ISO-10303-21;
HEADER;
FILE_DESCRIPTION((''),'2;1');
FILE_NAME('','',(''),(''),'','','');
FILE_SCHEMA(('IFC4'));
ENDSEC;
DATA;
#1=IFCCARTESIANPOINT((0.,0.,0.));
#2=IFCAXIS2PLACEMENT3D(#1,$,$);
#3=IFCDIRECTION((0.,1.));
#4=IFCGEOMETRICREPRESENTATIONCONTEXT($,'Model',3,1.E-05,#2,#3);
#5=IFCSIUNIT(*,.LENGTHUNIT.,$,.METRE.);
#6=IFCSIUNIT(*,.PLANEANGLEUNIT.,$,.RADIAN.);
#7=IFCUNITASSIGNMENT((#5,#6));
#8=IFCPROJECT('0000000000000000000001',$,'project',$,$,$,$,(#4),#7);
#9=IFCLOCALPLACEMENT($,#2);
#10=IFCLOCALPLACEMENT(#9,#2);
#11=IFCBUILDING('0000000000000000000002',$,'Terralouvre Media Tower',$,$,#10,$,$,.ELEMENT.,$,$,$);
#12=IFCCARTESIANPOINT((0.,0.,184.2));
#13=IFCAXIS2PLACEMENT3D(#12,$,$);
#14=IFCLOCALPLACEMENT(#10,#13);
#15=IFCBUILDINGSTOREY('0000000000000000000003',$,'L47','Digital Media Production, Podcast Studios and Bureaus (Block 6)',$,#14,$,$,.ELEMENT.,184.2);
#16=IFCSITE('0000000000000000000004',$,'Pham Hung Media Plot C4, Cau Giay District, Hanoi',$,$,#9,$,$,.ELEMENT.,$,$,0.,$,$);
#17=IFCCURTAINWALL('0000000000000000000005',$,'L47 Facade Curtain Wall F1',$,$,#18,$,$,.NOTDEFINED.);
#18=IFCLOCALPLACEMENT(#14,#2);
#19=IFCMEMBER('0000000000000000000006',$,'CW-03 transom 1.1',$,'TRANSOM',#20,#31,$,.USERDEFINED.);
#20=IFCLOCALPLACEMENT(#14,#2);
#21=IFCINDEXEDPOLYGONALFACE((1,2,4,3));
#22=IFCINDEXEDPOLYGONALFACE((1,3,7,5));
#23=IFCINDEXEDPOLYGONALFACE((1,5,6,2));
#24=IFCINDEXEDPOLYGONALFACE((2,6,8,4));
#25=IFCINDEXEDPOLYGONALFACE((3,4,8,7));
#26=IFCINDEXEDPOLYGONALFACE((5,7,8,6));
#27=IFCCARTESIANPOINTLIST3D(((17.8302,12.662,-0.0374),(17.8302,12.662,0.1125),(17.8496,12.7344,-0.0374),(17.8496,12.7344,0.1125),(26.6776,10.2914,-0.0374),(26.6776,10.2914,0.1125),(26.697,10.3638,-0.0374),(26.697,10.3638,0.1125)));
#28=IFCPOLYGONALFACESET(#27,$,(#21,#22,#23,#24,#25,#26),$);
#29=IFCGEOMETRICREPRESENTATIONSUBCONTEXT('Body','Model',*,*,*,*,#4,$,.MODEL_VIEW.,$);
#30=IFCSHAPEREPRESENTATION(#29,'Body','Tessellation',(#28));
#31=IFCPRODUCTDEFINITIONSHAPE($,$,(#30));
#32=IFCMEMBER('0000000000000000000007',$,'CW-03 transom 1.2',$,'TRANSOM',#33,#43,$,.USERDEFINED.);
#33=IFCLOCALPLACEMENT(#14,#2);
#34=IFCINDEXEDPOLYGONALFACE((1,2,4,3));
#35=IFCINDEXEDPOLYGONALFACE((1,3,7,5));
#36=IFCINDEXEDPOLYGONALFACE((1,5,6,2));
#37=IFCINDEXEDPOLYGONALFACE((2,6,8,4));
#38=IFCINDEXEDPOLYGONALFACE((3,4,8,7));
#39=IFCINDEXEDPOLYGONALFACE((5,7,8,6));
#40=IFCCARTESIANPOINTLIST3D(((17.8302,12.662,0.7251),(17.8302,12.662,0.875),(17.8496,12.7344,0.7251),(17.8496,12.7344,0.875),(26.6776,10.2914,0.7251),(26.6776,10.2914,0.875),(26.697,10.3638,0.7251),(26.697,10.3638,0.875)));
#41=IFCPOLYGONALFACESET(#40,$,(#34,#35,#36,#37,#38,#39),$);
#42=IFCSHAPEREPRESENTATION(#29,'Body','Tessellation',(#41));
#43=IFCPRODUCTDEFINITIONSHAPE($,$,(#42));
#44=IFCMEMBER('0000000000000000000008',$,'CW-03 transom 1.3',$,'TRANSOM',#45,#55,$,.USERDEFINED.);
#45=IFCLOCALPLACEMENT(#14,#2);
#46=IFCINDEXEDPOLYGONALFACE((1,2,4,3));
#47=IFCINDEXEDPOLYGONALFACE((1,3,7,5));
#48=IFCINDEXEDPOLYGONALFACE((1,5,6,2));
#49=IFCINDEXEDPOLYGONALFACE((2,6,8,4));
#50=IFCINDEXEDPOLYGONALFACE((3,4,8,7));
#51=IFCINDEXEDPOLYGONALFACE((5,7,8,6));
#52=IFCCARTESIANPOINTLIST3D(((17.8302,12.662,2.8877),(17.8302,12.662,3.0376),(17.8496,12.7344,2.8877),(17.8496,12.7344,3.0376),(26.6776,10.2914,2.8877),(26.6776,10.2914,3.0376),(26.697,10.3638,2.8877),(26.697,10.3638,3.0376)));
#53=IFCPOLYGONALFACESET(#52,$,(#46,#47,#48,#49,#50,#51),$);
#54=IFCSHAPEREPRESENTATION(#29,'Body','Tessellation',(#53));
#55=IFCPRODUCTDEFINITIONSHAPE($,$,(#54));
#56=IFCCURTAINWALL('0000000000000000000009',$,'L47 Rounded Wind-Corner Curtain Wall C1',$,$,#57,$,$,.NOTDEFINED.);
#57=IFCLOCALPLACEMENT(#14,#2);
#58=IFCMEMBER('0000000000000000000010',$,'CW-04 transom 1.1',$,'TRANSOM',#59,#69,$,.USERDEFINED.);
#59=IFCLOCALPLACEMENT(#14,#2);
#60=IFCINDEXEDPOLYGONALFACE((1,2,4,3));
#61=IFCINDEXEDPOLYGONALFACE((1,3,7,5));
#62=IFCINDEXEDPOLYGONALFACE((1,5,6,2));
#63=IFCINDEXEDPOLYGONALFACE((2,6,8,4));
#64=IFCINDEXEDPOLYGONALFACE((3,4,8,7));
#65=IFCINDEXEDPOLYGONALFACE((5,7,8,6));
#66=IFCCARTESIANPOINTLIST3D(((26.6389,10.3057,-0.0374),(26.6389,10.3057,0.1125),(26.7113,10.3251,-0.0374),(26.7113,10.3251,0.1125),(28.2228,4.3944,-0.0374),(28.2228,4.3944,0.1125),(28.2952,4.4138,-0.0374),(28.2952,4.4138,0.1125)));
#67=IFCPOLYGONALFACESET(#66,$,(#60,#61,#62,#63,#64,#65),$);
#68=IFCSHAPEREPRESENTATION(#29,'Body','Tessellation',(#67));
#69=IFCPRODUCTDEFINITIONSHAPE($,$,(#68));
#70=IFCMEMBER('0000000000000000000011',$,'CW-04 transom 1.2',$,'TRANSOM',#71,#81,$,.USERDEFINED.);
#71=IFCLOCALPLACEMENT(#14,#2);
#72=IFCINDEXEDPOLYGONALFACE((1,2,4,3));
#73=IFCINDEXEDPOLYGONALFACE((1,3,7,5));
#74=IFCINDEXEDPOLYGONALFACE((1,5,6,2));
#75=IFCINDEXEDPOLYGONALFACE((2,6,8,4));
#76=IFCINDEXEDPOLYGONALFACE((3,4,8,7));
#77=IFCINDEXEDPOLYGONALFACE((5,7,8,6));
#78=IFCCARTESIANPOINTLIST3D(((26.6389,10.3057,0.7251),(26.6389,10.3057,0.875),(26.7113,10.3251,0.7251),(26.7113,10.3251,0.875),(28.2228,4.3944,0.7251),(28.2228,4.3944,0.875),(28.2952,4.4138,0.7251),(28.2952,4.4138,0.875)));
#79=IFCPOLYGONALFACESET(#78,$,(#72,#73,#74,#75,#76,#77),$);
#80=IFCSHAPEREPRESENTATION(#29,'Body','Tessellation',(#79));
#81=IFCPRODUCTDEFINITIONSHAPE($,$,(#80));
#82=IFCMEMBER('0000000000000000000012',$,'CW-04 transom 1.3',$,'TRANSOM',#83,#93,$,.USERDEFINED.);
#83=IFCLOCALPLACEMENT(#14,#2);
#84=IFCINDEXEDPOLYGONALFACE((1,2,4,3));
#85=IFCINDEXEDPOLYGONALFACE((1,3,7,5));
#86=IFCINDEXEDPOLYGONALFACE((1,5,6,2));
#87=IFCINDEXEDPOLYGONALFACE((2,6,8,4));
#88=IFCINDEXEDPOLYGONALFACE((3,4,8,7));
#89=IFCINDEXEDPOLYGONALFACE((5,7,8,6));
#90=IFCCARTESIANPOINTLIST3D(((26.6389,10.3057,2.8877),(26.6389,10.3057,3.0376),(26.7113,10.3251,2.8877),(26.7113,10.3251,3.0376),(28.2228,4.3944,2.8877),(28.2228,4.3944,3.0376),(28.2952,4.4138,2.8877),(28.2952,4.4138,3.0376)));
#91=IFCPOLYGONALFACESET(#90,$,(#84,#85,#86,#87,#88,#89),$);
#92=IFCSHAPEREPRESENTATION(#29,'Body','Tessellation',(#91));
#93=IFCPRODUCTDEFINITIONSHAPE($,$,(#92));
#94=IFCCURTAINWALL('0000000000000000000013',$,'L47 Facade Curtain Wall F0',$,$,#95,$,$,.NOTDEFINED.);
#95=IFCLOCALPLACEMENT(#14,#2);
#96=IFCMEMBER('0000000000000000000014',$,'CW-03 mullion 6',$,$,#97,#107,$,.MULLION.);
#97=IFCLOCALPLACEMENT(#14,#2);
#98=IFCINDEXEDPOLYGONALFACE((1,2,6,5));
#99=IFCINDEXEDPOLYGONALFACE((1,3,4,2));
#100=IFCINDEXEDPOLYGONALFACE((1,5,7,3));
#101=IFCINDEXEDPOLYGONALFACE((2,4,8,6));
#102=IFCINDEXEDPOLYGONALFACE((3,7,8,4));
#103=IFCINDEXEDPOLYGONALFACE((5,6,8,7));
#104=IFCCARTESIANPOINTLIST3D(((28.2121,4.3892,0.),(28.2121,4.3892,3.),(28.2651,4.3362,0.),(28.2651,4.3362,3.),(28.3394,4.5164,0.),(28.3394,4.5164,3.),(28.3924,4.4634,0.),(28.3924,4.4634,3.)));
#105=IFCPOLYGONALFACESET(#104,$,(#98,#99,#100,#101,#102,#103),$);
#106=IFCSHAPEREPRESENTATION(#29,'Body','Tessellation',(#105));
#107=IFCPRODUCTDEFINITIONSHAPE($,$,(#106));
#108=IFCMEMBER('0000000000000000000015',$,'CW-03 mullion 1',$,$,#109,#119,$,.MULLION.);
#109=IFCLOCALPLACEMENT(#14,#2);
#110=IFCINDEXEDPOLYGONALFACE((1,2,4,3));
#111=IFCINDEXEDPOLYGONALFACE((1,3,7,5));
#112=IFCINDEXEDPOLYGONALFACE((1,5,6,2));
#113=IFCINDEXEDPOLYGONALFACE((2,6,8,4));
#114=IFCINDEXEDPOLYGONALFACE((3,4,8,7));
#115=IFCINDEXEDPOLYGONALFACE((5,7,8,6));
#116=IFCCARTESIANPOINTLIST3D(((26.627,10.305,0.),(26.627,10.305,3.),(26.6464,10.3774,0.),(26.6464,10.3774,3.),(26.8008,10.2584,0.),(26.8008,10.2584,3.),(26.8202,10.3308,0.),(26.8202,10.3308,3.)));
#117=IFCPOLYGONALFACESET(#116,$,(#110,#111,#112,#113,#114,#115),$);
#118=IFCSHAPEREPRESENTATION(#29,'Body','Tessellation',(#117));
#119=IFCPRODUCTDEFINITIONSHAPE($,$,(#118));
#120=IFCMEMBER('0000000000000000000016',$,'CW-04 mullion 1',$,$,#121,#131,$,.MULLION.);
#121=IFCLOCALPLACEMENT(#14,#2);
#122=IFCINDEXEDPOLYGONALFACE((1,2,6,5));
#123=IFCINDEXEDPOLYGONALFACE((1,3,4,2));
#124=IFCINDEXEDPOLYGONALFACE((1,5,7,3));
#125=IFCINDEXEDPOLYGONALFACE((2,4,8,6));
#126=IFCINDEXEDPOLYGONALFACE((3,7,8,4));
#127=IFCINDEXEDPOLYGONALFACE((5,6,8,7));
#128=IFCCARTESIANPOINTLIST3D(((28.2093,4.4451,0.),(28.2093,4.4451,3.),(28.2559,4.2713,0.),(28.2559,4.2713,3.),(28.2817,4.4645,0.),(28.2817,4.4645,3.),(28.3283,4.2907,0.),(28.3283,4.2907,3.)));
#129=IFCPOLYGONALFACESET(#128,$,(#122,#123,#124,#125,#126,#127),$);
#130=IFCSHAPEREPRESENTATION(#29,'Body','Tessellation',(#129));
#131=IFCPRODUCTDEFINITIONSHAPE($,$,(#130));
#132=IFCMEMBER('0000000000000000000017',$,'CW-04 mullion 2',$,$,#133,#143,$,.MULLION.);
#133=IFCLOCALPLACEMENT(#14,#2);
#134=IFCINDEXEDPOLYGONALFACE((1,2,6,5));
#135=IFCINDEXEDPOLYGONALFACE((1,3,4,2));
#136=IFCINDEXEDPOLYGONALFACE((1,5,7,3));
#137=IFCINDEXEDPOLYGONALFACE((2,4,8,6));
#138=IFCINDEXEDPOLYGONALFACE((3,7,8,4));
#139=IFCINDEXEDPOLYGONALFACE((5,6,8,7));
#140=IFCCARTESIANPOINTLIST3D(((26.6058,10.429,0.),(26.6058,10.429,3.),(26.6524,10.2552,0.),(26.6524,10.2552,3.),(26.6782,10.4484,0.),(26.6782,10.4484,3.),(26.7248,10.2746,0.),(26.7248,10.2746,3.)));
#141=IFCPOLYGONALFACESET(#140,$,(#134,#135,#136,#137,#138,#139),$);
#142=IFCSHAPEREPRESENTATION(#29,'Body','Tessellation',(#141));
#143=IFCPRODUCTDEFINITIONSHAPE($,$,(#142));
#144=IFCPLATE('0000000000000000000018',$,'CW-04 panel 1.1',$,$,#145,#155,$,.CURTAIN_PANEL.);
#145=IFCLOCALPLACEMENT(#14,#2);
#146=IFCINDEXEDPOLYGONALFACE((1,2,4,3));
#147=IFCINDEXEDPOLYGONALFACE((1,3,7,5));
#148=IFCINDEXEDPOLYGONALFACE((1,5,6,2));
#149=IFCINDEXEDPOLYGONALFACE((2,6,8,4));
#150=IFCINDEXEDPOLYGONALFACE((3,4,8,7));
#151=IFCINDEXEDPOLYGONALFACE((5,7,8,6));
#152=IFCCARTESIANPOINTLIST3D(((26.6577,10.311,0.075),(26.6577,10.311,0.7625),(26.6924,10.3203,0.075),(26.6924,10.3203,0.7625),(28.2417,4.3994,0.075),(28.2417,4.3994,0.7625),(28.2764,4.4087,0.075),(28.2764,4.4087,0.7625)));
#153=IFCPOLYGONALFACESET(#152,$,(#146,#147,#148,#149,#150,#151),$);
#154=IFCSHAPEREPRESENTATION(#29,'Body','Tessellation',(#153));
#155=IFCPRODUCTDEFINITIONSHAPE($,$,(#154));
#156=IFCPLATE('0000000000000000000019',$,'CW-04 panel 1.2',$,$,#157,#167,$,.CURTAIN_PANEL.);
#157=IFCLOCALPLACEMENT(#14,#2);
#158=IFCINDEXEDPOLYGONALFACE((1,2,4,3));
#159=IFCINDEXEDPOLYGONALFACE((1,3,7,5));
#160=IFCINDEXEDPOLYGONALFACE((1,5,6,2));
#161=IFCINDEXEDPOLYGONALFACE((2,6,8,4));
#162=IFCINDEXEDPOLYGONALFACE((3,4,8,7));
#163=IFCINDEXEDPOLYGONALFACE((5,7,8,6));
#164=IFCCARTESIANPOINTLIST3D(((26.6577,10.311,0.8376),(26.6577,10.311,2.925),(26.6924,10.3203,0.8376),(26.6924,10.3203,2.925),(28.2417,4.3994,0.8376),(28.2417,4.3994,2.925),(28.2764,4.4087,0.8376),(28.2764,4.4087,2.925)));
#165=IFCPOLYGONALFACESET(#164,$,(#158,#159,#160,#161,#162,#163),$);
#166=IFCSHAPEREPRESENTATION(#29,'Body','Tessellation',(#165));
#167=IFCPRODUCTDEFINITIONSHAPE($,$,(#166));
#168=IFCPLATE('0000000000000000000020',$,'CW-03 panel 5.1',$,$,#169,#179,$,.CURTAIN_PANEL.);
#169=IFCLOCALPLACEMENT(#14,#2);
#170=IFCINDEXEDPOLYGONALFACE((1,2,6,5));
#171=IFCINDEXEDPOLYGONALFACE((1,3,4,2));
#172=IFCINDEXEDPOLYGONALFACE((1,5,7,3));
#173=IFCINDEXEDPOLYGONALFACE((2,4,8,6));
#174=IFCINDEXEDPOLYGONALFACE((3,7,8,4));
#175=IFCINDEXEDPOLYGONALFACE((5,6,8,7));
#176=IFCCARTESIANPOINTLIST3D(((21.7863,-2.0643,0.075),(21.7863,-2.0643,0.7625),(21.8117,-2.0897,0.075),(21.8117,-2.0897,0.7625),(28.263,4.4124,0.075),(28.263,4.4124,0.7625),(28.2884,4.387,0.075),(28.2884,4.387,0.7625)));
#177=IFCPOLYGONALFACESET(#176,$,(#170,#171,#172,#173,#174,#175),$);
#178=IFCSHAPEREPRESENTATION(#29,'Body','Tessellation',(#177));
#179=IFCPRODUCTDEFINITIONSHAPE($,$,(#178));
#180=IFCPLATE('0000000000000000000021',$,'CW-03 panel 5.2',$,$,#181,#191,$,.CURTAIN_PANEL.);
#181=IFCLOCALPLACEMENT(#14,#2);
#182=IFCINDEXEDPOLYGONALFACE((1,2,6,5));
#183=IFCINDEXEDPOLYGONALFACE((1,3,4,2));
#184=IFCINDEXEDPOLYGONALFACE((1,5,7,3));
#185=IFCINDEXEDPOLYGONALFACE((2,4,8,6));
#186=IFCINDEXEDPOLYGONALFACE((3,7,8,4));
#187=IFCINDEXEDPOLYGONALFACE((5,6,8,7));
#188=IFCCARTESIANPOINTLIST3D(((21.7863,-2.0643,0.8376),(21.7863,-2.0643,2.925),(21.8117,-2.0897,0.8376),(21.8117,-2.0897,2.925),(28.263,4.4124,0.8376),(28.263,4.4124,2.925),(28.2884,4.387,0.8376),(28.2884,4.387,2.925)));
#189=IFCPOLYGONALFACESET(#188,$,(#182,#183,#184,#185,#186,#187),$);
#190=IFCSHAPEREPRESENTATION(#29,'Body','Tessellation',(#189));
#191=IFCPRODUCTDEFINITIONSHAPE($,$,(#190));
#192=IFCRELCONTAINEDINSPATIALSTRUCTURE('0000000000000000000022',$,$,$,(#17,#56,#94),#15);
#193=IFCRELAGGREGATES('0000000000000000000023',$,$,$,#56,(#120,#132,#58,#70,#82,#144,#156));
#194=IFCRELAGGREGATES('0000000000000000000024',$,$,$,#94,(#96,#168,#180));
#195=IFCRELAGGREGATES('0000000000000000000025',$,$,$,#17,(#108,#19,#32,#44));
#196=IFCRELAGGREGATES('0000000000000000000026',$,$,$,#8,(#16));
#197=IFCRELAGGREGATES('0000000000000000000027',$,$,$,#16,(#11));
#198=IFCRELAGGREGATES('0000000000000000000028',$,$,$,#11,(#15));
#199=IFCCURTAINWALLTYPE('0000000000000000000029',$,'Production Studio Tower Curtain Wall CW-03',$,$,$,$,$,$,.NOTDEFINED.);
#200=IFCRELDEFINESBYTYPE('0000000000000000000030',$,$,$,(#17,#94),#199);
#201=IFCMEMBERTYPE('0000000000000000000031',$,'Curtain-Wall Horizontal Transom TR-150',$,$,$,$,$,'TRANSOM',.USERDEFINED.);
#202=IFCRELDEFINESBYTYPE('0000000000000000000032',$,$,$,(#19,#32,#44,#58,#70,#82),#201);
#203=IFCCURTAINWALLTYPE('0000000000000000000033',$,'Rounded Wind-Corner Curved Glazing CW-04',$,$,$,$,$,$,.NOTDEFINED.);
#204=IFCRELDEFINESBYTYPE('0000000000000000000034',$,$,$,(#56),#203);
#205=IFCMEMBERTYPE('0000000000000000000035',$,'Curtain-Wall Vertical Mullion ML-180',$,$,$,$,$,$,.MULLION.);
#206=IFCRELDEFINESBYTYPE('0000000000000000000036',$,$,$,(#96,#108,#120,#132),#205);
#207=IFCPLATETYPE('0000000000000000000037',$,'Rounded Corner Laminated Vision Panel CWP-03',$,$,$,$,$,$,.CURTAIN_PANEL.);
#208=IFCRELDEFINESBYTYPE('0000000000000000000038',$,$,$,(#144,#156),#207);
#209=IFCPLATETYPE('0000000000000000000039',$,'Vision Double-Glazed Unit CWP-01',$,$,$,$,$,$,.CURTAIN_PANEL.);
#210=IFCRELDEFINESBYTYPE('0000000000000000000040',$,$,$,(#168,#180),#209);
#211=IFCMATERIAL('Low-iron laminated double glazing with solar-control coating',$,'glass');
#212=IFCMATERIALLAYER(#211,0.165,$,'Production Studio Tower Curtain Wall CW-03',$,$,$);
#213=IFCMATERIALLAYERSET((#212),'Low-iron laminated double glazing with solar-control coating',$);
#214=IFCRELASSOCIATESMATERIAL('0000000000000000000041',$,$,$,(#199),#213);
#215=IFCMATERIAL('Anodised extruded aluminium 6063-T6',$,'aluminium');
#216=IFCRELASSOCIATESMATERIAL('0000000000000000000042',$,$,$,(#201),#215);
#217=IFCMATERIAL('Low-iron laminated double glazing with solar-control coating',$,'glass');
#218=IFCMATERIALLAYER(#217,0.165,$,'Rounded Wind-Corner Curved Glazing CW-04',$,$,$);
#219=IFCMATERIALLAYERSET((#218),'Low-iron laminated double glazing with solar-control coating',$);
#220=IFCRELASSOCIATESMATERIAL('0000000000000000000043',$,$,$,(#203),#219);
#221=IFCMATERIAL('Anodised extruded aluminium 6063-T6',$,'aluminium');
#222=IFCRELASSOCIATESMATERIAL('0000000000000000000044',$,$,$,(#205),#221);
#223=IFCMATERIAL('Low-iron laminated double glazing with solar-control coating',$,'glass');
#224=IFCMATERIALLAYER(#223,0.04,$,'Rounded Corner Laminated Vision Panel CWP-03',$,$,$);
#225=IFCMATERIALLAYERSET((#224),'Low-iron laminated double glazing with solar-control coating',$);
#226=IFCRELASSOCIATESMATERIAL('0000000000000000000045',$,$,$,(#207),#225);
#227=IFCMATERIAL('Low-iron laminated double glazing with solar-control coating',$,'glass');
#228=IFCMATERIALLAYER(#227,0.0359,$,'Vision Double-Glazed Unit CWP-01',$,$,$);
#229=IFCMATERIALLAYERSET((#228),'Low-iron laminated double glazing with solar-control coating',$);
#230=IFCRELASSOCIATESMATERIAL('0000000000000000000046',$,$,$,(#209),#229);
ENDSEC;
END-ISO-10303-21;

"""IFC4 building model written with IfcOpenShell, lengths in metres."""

from ifc_helpers import new_model, si_unit, direction, frame, origin, origin_2d, place, context, subcontext, project, spatial, rectangle, extrude, material, layer, layer_set, material_profile, profile_set, type_object, element, aggregate, save


model = new_model("IFC4")

# Units and contexts
model_context = context("Model", 3, precision=1e-05, world=origin(), true_north=direction((0.0, 1.0)))
body_context = subcontext(model_context, "Body", "Model", "MODEL_VIEW")
ifc_project = project(units=[si_unit("LENGTHUNIT", "METRE"), si_unit("PLANEANGLEUNIT", "RADIAN")], contexts=[model_context])

# Site, building, storey
site_placement = place(None, origin())
site = spatial("IfcSite", under=ifc_project, at=site_placement, Name="Pham Hung Media Plot C4, Cau Giay District, Hanoi", CompositionType="ELEMENT", RefElevation=0.0)
building_placement = place(site_placement, origin())
building = spatial("IfcBuilding", under=site, at=building_placement, Name="Terralouvre Media Tower", CompositionType="ELEMENT")
storey_placement = place(building_placement, frame((0.0, 0.0, 184.2)))
storey = spatial("IfcBuildingStorey", under=building, at=storey_placement, Name="L47", Description="Digital Media Production, Podcast Studios and Bureaus (Block 6)", CompositionType="ELEMENT", Elevation=184.2)

# Curtain walls, members
ifc_material_1 = material(Name="Low-iron laminated double glazing with solar-control coating", Category="glass")
ifc_layer_1 = layer(ifc_material_1, 0.165, Name="Production Studio Tower Curtain Wall CW-03")
ifc_layer_set_1 = layer_set([ifc_layer_1], Name="Low-iron laminated double glazing with solar-control coating")
curtain_wall_type_1 = type_object("IfcCurtainWallType", Name="Production Studio Tower Curtain Wall CW-03", PredefinedType="NOTDEFINED", material=ifc_layer_set_1)
curtain_wall_1_placement = place(storey_placement, origin())
curtain_wall_1 = element("IfcCurtainWall", 1, at=curtain_wall_1_placement, inside=storey, type_object=curtain_wall_type_1, Name="L47 Facade Curtain Wall F1", PredefinedType="NOTDEFINED")
ifc_material_2 = material(Name="Anodised extruded aluminium 6063-T6", Category="aluminium")
ifc_material_profile_1 = material_profile(ifc_material_2, rectangle(XDim=0.075, YDim=0.1499, at=origin_2d()), Name="ALU 75x150")
ifc_profile_set_1 = profile_set([ifc_material_profile_1], Name="Anodised extruded aluminium 6063-T6")
member_type_1 = type_object("IfcMemberType", Name="Curtain-Wall Horizontal Transom TR-150", ElementType="TRANSOM", PredefinedType="USERDEFINED", material=ifc_profile_set_1)
member_1_placement = place(storey_placement, frame((26.6873, 10.3276, 0.0376), z_axis=(-0.965927, 0.258814, 0.0), x_axis=(-0.258814, -0.965927, 0.0)))
member_1 = element("IfcMember", 2, at=member_1_placement, type_object=member_type_1, Name="CW-03 transom 1.1", ObjectType="TRANSOM", PredefinedType="USERDEFINED", context=body_context, shape_type="SweptSolid", body=[
    extrude(rectangle(XDim=0.075, YDim=0.1499, at=origin_2d()), origin(), (0.0, 0.0, 1.0), 9.1594),
])
member_2_placement = place(storey_placement, frame((26.6873, 10.3276, 0.8), z_axis=(-0.965927, 0.258814, 0.0), x_axis=(-0.258814, -0.965927, 0.0)))
member_2 = element("IfcMember", 3, at=member_2_placement, type_object=member_type_1, Name="CW-03 transom 1.2", ObjectType="TRANSOM", PredefinedType="USERDEFINED", context=body_context, shape_type="SweptSolid", body=[
    extrude(rectangle(XDim=0.075, YDim=0.1499, at=origin_2d()), origin(), (0.0, 0.0, 1.0), 9.1594),
])
member_3_placement = place(storey_placement, frame((26.6873, 10.3276, 2.9626), z_axis=(-0.965927, 0.258814, 0.0), x_axis=(-0.258814, -0.965927, 0.0)))
member_3 = element("IfcMember", 4, at=member_3_placement, type_object=member_type_1, Name="CW-03 transom 1.3", ObjectType="TRANSOM", PredefinedType="USERDEFINED", context=body_context, shape_type="SweptSolid", body=[
    extrude(rectangle(XDim=0.075, YDim=0.1499, at=origin_2d()), origin(), (0.0, 0.0, 1.0), 9.1594),
])
ifc_material_3 = material(Name="Low-iron laminated double glazing with solar-control coating", Category="glass")
ifc_layer_2 = layer(ifc_material_3, 0.165, Name="Rounded Wind-Corner Curved Glazing CW-04")
ifc_layer_set_2 = layer_set([ifc_layer_2], Name="Low-iron laminated double glazing with solar-control coating")
curtain_wall_type_2 = type_object("IfcCurtainWallType", Name="Rounded Wind-Corner Curved Glazing CW-04", PredefinedType="NOTDEFINED", material=ifc_layer_set_2)
curtain_wall_2_placement = place(storey_placement, origin())
curtain_wall_2 = element("IfcCurtainWall", 5, at=curtain_wall_2_placement, inside=storey, type_object=curtain_wall_type_2, Name="L47 Rounded Wind-Corner Curtain Wall C1", PredefinedType="NOTDEFINED")
member_4_placement = place(storey_placement, frame((28.259, 4.4041, 0.0376), z_axis=(-0.258824, 0.965924, 0.0), x_axis=(-0.965924, -0.258824, 0.0)))
member_4 = element("IfcMember", 6, at=member_4_placement, type_object=member_type_1, Name="CW-04 transom 1.1", ObjectType="TRANSOM", PredefinedType="USERDEFINED", context=body_context, shape_type="SweptSolid", body=[
    extrude(rectangle(XDim=0.075, YDim=0.1499, at=origin_2d()), origin(), (0.0, 0.0, 1.0), 6.1199),
])
member_5_placement = place(storey_placement, frame((28.259, 4.4041, 0.8), z_axis=(-0.258824, 0.965924, 0.0), x_axis=(-0.965924, -0.258824, 0.0)))
member_5 = element("IfcMember", 7, at=member_5_placement, type_object=member_type_1, Name="CW-04 transom 1.2", ObjectType="TRANSOM", PredefinedType="USERDEFINED", context=body_context, shape_type="SweptSolid", body=[
    extrude(rectangle(XDim=0.075, YDim=0.1499, at=origin_2d()), origin(), (0.0, 0.0, 1.0), 6.1199),
])
member_6_placement = place(storey_placement, frame((28.259, 4.4041, 2.9626), z_axis=(-0.258824, 0.965924, 0.0), x_axis=(-0.965924, -0.258824, 0.0)))
member_6 = element("IfcMember", 8, at=member_6_placement, type_object=member_type_1, Name="CW-04 transom 1.3", ObjectType="TRANSOM", PredefinedType="USERDEFINED", context=body_context, shape_type="SweptSolid", body=[
    extrude(rectangle(XDim=0.075, YDim=0.1499, at=origin_2d()), origin(), (0.0, 0.0, 1.0), 6.1199),
])

# Curtain wall, member
curtain_wall_3_placement = place(storey_placement, origin())
curtain_wall_3 = element("IfcCurtainWall", 9, at=curtain_wall_3_placement, inside=storey, type_object=curtain_wall_type_1, Name="L47 Facade Curtain Wall F0", PredefinedType="NOTDEFINED")
ifc_material_4 = material(Name="Anodised extruded aluminium 6063-T6", Category="aluminium")
ifc_material_profile_2 = material_profile(ifc_material_4, rectangle(XDim=0.075, YDim=0.1799, at=origin_2d()), Name="ALU 75x180")
ifc_profile_set_2 = profile_set([ifc_material_profile_2], Name="Anodised extruded aluminium 6063-T6")
member_type_2 = type_object("IfcMemberType", Name="Curtain-Wall Vertical Mullion ML-180", PredefinedType="MULLION", material=ifc_profile_set_2)
member_7_placement = place(storey_placement, frame((28.3022, 4.4263, 0.0), z_axis=(0.0, 0.0, 1.0), x_axis=(-0.707107, 0.707107, 0.0)))
member_7 = element("IfcMember", 10, at=member_7_placement, type_object=member_type_2, Name="CW-03 mullion 6", PredefinedType="MULLION", context=body_context, shape_type="SweptSolid", body=[
    extrude(rectangle(XDim=0.075, YDim=0.1799, at=origin_2d()), origin(), (0.0, 0.0, 1.0), 3.0),
])

# Members
member_8_placement = place(storey_placement, frame((26.7236, 10.3179, 0.0), z_axis=(0.0, 0.0, 1.0), x_axis=(-0.258819, -0.965926, 0.0)))
member_8 = element("IfcMember", 11, at=member_8_placement, type_object=member_type_2, Name="CW-03 mullion 1", PredefinedType="MULLION", context=body_context, shape_type="SweptSolid", body=[
    extrude(rectangle(XDim=0.075, YDim=0.1799, at=origin_2d()), origin(), (0.0, 0.0, 1.0), 3.0),
])
member_9_placement = place(storey_placement, frame((28.2688, 4.3679, 0.0), z_axis=(0.0, 0.0, 1.0), x_axis=(-0.965926, -0.258819, 0.0)))
member_9 = element("IfcMember", 12, at=member_9_placement, type_object=member_type_2, Name="CW-04 mullion 1", PredefinedType="MULLION", context=body_context, shape_type="SweptSolid", body=[
    extrude(rectangle(XDim=0.075, YDim=0.1799, at=origin_2d()), origin(), (0.0, 0.0, 1.0), 3.0),
])
member_10_placement = place(storey_placement, frame((26.6653, 10.3518, 0.0), z_axis=(0.0, 0.0, 1.0), x_axis=(-0.965926, -0.258819, 0.0)))
member_10 = element("IfcMember", 13, at=member_10_placement, type_object=member_type_2, Name="CW-04 mullion 2", PredefinedType="MULLION", context=body_context, shape_type="SweptSolid", body=[
    extrude(rectangle(XDim=0.075, YDim=0.1799, at=origin_2d()), origin(), (0.0, 0.0, 1.0), 3.0),
])

# Plates
ifc_material_5 = material(Name="Low-iron laminated double glazing with solar-control coating", Category="glass")
ifc_layer_3 = layer(ifc_material_5, 0.04, Name="Rounded Corner Laminated Vision Panel CWP-03")
ifc_layer_set_3 = layer_set([ifc_layer_3], Name="Low-iron laminated double glazing with solar-control coating")
plate_type_1 = type_object("IfcPlateType", Name="Rounded Corner Laminated Vision Panel CWP-03", PredefinedType="CURTAIN_PANEL", material=ifc_layer_set_3)
plate_1_placement = place(storey_placement, frame((27.467, 7.3599, 0.075), z_axis=(0.0, 0.0, 1.0), x_axis=(-0.258819, 0.965926, 0.0)))
plate_1 = element("IfcPlate", 14, at=plate_1_placement, type_object=plate_type_1, Name="CW-04 panel 1.1", PredefinedType="CURTAIN_PANEL", context=body_context, shape_type="SweptSolid", body=[
    extrude(rectangle(XDim=6.1201, YDim=0.0359, at=origin_2d()), origin(), (0.0, 0.0, 1.0), 0.6875),
])
plate_2_placement = place(storey_placement, frame((27.467, 7.3599, 0.8376), z_axis=(0.0, 0.0, 1.0), x_axis=(-0.258819, 0.965926, 0.0)))
plate_2 = element("IfcPlate", 15, at=plate_2_placement, type_object=plate_type_1, Name="CW-04 panel 1.2", PredefinedType="CURTAIN_PANEL", context=body_context, shape_type="SweptSolid", body=[
    extrude(rectangle(XDim=6.1201, YDim=0.0359, at=origin_2d()), origin(), (0.0, 0.0, 1.0), 2.0874),
])
aggregate(curtain_wall_2, [member_9, member_10, member_4, member_5, member_6, plate_1, plate_2])
ifc_material_6 = material(Name="Low-iron laminated double glazing with solar-control coating", Category="glass")
ifc_layer_4 = layer(ifc_material_6, 0.0359, Name="Vision Double-Glazed Unit CWP-01")
ifc_layer_set_4 = layer_set([ifc_layer_4], Name="Low-iron laminated double glazing with solar-control coating")
plate_type_2 = type_object("IfcPlateType", Name="Vision Double-Glazed Unit CWP-01", PredefinedType="CURTAIN_PANEL", material=ifc_layer_set_4)
plate_3_placement = place(storey_placement, frame((25.0374, 1.1614, 0.075), z_axis=(0.0, 0.0, 1.0), x_axis=(0.707107, 0.707107, 0.0)))
plate_3 = element("IfcPlate", 16, at=plate_3_placement, type_object=plate_type_2, Name="CW-03 panel 5.1", PredefinedType="CURTAIN_PANEL", context=body_context, shape_type="SweptSolid", body=[
    extrude(rectangle(XDim=9.1594, YDim=0.0359, at=origin_2d()), origin(), (0.0, 0.0, 1.0), 0.6875),
])
plate_4_placement = place(storey_placement, frame((25.0374, 1.1614, 0.8376), z_axis=(0.0, 0.0, 1.0), x_axis=(0.707107, 0.707107, 0.0)))
plate_4 = element("IfcPlate", 17, at=plate_4_placement, type_object=plate_type_2, Name="CW-03 panel 5.2", PredefinedType="CURTAIN_PANEL", context=body_context, shape_type="SweptSolid", body=[
    extrude(rectangle(XDim=9.1594, YDim=0.0359, at=origin_2d()), origin(), (0.0, 0.0, 1.0), 2.0874),
])
aggregate(curtain_wall_3, [member_7, plate_3, plate_4])
aggregate(curtain_wall_1, [member_8, member_1, member_2, member_3])

save(model, "model.ifc")
